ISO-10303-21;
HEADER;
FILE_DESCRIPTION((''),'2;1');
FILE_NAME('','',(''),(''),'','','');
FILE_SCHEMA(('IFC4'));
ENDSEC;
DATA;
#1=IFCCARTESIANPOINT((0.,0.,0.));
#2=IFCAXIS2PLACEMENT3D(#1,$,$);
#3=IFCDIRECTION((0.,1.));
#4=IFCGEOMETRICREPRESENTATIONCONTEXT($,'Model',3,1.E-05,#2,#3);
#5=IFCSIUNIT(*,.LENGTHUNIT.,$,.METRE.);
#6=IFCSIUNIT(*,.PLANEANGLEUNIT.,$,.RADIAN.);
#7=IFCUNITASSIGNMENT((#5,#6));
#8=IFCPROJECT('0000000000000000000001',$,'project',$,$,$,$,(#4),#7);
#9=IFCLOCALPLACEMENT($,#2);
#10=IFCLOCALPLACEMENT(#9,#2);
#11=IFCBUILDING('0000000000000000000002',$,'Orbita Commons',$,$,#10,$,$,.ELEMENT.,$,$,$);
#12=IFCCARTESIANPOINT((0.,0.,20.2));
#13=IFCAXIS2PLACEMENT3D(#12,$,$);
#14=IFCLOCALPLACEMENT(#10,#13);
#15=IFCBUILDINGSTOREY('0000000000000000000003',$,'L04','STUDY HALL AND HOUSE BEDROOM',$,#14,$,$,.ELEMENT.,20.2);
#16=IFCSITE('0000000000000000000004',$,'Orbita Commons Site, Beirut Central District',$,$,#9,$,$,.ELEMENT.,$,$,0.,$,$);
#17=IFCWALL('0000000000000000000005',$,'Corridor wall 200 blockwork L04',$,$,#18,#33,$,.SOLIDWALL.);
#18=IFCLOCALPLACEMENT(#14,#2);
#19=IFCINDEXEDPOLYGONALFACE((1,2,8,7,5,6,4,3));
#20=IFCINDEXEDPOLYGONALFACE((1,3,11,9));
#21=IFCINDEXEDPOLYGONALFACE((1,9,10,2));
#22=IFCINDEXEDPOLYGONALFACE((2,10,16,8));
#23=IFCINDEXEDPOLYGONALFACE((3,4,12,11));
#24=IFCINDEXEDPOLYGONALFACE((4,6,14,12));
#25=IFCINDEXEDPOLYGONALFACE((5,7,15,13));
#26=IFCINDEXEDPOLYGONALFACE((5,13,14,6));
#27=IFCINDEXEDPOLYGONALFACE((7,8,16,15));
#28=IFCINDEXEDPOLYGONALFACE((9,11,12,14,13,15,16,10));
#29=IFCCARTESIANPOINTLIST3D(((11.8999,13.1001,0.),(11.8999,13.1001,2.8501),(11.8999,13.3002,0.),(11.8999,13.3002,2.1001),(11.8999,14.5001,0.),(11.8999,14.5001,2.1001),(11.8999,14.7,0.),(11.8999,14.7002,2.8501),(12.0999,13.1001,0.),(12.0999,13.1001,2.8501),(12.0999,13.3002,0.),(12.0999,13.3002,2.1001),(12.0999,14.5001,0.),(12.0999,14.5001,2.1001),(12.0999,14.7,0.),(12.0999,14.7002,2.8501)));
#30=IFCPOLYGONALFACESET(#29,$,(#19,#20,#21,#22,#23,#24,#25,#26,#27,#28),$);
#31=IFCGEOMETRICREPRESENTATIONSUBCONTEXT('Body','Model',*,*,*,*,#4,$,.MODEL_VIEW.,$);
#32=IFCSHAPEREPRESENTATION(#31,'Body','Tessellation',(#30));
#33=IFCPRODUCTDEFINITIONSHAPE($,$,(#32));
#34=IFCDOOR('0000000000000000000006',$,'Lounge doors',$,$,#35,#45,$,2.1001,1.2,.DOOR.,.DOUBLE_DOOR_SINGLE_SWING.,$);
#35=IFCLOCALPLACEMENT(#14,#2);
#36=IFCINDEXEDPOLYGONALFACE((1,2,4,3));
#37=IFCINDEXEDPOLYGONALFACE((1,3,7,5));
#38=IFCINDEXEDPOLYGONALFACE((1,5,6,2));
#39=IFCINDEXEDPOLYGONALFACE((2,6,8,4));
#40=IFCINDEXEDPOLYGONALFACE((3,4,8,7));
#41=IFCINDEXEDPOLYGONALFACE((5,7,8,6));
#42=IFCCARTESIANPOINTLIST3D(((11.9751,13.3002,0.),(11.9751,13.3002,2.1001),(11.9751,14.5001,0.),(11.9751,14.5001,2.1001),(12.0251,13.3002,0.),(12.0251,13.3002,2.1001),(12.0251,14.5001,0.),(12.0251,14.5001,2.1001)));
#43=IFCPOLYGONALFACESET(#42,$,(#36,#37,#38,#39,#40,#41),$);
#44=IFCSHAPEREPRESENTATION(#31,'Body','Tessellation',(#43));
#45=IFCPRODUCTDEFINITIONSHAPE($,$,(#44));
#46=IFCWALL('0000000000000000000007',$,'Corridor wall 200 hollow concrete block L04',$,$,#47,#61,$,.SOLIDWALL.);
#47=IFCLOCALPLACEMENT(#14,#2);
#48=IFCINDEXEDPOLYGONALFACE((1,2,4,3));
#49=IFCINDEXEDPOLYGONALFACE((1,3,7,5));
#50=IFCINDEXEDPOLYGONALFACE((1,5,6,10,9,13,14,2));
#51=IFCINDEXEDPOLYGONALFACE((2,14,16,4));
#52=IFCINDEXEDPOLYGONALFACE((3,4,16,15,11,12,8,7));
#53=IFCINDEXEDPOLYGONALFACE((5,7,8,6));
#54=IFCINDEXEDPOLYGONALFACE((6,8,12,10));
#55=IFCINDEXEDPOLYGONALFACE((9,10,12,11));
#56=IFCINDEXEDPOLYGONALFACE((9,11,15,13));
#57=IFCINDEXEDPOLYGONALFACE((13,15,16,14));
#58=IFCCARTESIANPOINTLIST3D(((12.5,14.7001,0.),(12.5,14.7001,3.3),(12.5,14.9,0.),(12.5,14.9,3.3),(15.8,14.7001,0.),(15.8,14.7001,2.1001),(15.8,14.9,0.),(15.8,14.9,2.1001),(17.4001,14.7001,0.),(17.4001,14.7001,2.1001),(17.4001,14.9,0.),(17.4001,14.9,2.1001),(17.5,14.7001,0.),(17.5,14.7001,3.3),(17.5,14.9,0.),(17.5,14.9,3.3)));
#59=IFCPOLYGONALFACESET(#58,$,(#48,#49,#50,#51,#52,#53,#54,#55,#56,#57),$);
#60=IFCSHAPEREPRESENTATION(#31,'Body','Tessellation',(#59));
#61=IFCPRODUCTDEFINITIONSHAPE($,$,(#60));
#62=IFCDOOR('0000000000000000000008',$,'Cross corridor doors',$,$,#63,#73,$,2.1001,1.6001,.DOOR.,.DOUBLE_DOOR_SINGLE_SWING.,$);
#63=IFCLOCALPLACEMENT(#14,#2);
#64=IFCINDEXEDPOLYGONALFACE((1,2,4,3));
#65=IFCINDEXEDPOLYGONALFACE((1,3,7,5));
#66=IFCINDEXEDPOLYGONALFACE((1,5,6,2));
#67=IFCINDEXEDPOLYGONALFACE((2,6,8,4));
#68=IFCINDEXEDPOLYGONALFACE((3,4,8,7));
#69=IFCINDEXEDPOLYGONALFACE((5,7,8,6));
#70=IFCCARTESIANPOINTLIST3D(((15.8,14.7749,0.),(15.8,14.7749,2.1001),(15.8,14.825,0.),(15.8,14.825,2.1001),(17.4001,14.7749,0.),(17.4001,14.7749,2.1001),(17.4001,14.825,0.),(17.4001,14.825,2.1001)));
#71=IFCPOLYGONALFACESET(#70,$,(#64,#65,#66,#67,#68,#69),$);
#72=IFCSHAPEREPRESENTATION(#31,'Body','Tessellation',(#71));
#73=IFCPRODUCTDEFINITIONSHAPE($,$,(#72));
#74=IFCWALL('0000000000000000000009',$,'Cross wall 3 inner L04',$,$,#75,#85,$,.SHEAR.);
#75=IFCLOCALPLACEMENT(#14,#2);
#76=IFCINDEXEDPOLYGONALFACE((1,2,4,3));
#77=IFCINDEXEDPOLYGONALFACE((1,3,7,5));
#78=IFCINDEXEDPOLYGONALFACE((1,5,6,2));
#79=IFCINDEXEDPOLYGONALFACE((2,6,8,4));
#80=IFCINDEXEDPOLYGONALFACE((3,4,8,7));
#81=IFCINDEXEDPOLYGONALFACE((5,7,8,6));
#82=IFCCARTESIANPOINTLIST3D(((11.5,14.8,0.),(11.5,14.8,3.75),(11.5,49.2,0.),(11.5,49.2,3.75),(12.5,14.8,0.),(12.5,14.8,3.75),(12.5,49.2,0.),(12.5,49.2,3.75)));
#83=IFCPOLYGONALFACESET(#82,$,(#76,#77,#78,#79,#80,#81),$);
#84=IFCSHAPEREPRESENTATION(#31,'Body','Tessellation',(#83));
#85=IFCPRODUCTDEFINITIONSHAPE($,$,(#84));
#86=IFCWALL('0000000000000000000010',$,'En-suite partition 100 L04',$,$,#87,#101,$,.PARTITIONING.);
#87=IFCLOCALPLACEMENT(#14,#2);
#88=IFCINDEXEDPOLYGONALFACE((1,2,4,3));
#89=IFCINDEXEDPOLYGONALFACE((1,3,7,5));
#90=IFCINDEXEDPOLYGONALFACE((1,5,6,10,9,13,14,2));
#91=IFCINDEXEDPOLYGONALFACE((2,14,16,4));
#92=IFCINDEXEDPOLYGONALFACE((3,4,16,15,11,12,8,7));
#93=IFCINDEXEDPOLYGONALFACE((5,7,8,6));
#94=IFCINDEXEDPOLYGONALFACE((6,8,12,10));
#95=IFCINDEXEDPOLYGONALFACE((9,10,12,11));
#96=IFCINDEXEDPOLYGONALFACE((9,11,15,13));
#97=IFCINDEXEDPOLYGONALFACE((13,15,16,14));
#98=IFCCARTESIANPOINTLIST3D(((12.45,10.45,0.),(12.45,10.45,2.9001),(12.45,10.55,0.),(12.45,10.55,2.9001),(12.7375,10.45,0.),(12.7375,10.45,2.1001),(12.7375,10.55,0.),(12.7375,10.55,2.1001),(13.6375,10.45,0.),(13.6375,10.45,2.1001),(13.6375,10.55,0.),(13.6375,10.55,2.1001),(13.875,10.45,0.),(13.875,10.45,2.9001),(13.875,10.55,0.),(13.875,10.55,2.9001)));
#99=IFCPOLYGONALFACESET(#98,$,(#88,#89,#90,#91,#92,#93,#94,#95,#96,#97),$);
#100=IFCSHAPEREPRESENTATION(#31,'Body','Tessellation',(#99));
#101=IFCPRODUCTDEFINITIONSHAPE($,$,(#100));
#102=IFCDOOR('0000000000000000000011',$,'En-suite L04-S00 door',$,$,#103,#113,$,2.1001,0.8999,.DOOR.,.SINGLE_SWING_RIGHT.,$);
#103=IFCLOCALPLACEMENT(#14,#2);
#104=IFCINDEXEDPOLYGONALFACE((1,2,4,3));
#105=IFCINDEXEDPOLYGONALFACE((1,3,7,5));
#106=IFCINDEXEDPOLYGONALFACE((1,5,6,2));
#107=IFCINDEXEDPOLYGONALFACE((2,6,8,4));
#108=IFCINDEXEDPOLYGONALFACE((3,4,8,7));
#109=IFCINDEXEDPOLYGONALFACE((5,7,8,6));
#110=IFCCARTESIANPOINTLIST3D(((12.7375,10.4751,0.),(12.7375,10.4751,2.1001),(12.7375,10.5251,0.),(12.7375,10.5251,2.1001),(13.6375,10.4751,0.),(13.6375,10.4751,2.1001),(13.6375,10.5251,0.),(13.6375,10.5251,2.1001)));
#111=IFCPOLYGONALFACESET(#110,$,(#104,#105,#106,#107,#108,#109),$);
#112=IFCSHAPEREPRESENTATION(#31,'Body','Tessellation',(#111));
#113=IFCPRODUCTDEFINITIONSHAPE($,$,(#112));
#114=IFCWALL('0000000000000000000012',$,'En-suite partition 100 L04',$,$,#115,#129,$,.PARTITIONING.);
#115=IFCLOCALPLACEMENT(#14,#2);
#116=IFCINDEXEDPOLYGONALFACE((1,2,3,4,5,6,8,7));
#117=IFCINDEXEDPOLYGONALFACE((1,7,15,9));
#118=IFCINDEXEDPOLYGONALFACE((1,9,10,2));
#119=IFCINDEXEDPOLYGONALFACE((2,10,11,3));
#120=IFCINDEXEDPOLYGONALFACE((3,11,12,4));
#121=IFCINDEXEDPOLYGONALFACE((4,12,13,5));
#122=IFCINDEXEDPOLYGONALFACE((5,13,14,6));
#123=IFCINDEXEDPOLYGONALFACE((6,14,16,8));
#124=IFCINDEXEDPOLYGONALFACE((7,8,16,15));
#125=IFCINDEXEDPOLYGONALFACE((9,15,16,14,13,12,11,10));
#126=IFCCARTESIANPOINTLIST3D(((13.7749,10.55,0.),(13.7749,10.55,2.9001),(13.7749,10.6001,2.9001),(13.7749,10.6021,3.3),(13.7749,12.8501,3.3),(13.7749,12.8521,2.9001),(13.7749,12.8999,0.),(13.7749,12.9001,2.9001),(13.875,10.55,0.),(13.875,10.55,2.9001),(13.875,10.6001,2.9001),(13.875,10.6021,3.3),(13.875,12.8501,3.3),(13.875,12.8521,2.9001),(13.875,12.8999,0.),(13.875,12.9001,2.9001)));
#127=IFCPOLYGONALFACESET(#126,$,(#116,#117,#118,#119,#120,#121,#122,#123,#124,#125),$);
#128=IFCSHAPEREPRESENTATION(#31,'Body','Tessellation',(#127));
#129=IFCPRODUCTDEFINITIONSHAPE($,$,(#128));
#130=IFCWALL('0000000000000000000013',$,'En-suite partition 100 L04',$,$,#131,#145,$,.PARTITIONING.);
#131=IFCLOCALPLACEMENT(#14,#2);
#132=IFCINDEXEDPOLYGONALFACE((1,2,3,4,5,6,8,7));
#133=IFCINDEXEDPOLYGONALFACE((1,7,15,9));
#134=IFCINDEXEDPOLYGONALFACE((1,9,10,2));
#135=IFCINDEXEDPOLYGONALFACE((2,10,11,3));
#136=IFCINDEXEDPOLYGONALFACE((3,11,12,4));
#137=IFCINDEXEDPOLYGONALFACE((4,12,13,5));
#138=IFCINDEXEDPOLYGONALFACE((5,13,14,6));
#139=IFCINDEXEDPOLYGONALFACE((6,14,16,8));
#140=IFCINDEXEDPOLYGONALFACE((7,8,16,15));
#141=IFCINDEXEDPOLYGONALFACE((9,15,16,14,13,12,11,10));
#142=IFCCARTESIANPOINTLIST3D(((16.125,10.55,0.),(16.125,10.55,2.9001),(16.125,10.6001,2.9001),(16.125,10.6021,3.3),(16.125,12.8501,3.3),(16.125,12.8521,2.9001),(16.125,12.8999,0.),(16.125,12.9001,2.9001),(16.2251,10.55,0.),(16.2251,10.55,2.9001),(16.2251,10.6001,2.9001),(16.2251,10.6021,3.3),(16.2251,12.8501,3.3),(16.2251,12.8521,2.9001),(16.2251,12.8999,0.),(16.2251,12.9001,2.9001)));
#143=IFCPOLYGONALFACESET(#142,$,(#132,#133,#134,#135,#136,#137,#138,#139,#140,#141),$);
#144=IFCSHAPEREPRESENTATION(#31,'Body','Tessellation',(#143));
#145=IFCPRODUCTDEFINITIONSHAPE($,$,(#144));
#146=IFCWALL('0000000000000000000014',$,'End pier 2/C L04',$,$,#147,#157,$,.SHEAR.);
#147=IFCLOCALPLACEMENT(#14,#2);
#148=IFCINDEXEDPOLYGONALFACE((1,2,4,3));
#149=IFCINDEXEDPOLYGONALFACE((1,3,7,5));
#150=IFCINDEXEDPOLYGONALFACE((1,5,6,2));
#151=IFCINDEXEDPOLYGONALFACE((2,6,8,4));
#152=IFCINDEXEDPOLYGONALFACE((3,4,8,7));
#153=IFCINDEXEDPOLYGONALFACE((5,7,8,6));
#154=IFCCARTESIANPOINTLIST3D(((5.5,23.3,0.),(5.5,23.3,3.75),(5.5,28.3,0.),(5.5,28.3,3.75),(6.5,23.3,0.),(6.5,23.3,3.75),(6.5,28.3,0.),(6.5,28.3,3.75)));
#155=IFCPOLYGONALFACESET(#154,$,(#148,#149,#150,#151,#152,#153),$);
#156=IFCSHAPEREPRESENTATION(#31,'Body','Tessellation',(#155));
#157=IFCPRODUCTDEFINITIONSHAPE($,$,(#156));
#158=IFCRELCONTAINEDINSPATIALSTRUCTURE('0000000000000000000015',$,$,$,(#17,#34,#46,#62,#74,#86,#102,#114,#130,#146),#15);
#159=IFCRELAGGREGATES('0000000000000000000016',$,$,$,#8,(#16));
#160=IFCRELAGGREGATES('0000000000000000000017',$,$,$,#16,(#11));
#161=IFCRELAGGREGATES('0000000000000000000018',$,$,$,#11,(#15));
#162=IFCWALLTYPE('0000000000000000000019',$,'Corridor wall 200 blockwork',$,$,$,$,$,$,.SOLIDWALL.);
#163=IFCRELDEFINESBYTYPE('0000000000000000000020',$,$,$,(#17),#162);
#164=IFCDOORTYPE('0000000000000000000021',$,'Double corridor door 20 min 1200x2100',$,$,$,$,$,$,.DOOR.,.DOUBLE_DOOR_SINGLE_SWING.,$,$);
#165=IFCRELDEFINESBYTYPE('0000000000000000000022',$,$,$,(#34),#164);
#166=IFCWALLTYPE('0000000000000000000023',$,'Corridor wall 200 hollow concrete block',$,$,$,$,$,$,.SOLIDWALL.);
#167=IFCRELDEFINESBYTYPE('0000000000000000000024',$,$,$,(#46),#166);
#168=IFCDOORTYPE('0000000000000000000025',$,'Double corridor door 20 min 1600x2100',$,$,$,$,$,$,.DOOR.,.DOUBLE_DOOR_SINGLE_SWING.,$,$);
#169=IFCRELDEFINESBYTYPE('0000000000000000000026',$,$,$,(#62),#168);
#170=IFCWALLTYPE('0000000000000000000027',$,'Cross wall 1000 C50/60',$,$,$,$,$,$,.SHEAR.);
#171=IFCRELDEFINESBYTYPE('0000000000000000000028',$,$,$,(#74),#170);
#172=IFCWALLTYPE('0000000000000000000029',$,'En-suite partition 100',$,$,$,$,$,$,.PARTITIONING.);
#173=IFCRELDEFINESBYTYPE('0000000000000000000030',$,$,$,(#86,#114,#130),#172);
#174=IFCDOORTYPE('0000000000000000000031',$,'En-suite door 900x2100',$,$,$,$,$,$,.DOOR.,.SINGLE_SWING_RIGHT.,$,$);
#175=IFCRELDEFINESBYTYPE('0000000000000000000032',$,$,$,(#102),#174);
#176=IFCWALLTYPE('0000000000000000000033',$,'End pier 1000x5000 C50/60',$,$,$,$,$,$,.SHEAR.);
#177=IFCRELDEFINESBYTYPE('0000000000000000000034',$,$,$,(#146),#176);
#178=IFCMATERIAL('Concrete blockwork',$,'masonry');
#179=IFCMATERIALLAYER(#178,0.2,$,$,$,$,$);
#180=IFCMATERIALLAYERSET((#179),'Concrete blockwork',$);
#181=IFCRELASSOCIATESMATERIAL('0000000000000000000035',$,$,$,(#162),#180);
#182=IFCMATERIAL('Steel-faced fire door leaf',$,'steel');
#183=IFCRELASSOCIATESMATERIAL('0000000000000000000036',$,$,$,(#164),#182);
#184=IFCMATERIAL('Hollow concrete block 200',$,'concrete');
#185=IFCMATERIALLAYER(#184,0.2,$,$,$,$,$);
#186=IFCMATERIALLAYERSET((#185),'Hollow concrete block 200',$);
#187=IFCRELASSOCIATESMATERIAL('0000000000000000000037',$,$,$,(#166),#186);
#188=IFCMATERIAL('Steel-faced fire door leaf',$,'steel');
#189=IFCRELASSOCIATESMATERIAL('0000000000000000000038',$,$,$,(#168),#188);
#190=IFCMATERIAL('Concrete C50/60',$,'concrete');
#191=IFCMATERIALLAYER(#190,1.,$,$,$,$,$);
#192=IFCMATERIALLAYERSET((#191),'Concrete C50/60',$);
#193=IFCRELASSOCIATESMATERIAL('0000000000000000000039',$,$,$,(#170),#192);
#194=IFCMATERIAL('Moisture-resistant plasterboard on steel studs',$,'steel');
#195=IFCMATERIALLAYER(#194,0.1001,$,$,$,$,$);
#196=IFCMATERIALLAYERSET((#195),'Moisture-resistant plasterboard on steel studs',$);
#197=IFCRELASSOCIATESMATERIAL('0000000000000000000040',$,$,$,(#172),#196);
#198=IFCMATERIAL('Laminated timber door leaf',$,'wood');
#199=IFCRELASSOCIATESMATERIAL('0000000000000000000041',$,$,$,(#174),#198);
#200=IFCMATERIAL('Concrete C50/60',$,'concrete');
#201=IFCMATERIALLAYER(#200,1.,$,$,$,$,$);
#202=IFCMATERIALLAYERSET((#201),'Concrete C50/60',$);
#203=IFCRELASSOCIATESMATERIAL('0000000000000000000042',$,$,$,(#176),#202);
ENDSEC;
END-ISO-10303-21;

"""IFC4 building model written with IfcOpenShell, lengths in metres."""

from ifc_helpers import new_model, si_unit, direction, frame, frame_2d, origin, place, context, subcontext, project, spatial, polyline, rectangle, outline, extrude, material, layer, layer_set, type_object, element, fill, save


model = new_model("IFC4")

# Units and contexts
model_context = context("Model", 3, precision=1e-05, world=origin(), true_north=direction((0.0, 1.0)))
body_context = subcontext(model_context, "Body", "Model", "MODEL_VIEW")
ifc_project = project(units=[si_unit("LENGTHUNIT", "METRE"), si_unit("PLANEANGLEUNIT", "RADIAN")], contexts=[model_context])

# Site, building, storey
site_placement = place(None, origin())
site = spatial("IfcSite", under=ifc_project, at=site_placement, Name="Orbita Commons Site, Beirut Central District", CompositionType="ELEMENT", RefElevation=0.0)
building_placement = place(site_placement, origin())
building = spatial("IfcBuilding", under=site, at=building_placement, Name="Orbita Commons", CompositionType="ELEMENT")
storey_placement = place(building_placement, frame((0.0, 0.0, 20.2)))
storey = spatial("IfcBuildingStorey", under=building, at=storey_placement, Name="L04", Description="STUDY HALL AND HOUSE BEDROOM", CompositionType="ELEMENT", Elevation=20.2)

# Shared definitions
ifc_material_1 = material(Name="Concrete blockwork", Category="masonry")
ifc_layer_1 = layer(ifc_material_1, 0.2)
ifc_layer_set_1 = layer_set([ifc_layer_1], Name="Concrete blockwork")
wall_type_1 = type_object("IfcWallType", Name="Corridor wall 200 blockwork", PredefinedType="SOLIDWALL", material=ifc_layer_set_1)

# Walls, openings, doors
wall_1_placement = place(storey_placement, frame((12.0, 13.1001, 0.0), z_axis=(0.0, 0.0, 1.0), x_axis=(0.0, 1.0, 0.0)))
wall_1 = element("IfcWall", 1, at=wall_1_placement, inside=storey, type_object=wall_type_1, Name="Corridor wall 200 blockwork L04", PredefinedType="SOLIDWALL", context=body_context, shape_type="SweptSolid", body=[
    extrude(outline(polyline([(0.0, 0.0), (1.5999, 0.0), (1.6001, 2.8501), (0.0, 2.8501), (0.0, 0.0)])), frame((0.0, 0.1001, 0.0), z_axis=(0.0, -1.0, 0.0), x_axis=(1.0, 0.0, 0.0)), (0.0, 0.0, 1.0), 0.2),
])
opening_1_placement = place(wall_1_placement, frame((0.2, 0.0, 0.0)))
opening_1 = element("IfcOpeningElement", 2, at=opening_1_placement, cuts=wall_1, PredefinedType="OPENING", context=body_context, shape_type="SweptSolid", body=[
    extrude(rectangle(XDim=1.2, YDim=2.1001, at=frame_2d((0.6001, 1.05))), frame((0.0, 0.1099, 0.0), z_axis=(0.0, -1.0, 0.0), x_axis=(1.0, 0.0, 0.0)), (0.0, 0.0, 1.0), 0.22),
])
ifc_material_2 = material(Name="Steel-faced fire door leaf", Category="steel")
door_type_1 = type_object("IfcDoorType", Name="Double corridor door 20 min 1200x2100", OperationType="DOUBLE_DOOR_SINGLE_SWING", PredefinedType="DOOR", material=ifc_material_2)
door_1_placement = place(opening_1_placement, origin())
door_1 = element("IfcDoor", 3, at=door_1_placement, inside=storey, type_object=door_type_1, Name="Lounge doors", OperationType="DOUBLE_DOOR_SINGLE_SWING", OverallHeight=2.1001, OverallWidth=1.2, PredefinedType="DOOR", context=body_context, shape_type="SweptSolid", body=[
    extrude(rectangle(XDim=1.2, YDim=2.1001, at=frame_2d((0.6001, 1.05))), frame((0.0, 0.0249, 0.0), z_axis=(0.0, -1.0, 0.0), x_axis=(1.0, 0.0, 0.0)), (0.0, 0.0, 1.0), 0.05),
])
fill(opening_1, door_1)
ifc_material_3 = material(Name="Hollow concrete block 200", Category="concrete")
ifc_layer_2 = layer(ifc_material_3, 0.2)
ifc_layer_set_2 = layer_set([ifc_layer_2], Name="Hollow concrete block 200")
wall_type_2 = type_object("IfcWallType", Name="Corridor wall 200 hollow concrete block", PredefinedType="SOLIDWALL", material=ifc_layer_set_2)
wall_2_placement = place(storey_placement, frame((12.5, 14.8, 0.0), z_axis=(0.0, 0.0, 1.0), x_axis=(1.0, 0.0, 0.0)))
wall_2 = element("IfcWall", 4, at=wall_2_placement, inside=storey, type_object=wall_type_2, Name="Corridor wall 200 hollow concrete block L04", PredefinedType="SOLIDWALL", context=body_context, shape_type="SweptSolid", body=[
    extrude(rectangle(XDim=5.0, YDim=0.2, at=frame_2d((2.5, 0.0))), origin(), (0.0, 0.0, 1.0), 3.3),
])
opening_2_placement = place(wall_2_placement, frame((3.3, 0.0, 0.0)))
opening_2 = element("IfcOpeningElement", 5, at=opening_2_placement, cuts=wall_2, PredefinedType="OPENING", context=body_context, shape_type="SweptSolid", body=[
    extrude(rectangle(XDim=1.6001, YDim=2.1001, at=frame_2d((0.8, 1.05))), frame((0.0, 0.1099, 0.0), z_axis=(0.0, -1.0, 0.0), x_axis=(1.0, 0.0, 0.0)), (0.0, 0.0, 1.0), 0.22),
])
ifc_material_4 = material(Name="Steel-faced fire door leaf", Category="steel")
door_type_2 = type_object("IfcDoorType", Name="Double corridor door 20 min 1600x2100", OperationType="DOUBLE_DOOR_SINGLE_SWING", PredefinedType="DOOR", material=ifc_material_4)
door_2_placement = place(opening_2_placement, origin())
door_2 = element("IfcDoor", 6, at=door_2_placement, inside=storey, type_object=door_type_2, Name="Cross corridor doors", OperationType="DOUBLE_DOOR_SINGLE_SWING", OverallHeight=2.1001, OverallWidth=1.6001, PredefinedType="DOOR", context=body_context, shape_type="SweptSolid", body=[
    extrude(rectangle(XDim=1.6001, YDim=2.1001, at=frame_2d((0.8, 1.05))), frame((0.0, 0.0249, 0.0), z_axis=(0.0, -1.0, 0.0), x_axis=(1.0, 0.0, 0.0)), (0.0, 0.0, 1.0), 0.05),
])
fill(opening_2, door_2)

# Wall
ifc_material_5 = material(Name="Concrete C50/60", Category="concrete")
ifc_layer_3 = layer(ifc_material_5, 1.0)
ifc_layer_set_3 = layer_set([ifc_layer_3], Name="Concrete C50/60")
wall_type_3 = type_object("IfcWallType", Name="Cross wall 1000 C50/60", PredefinedType="SHEAR", material=ifc_layer_set_3)
wall_3_placement = place(storey_placement, frame((12.0, 14.8, 0.0), z_axis=(0.0, 0.0, 1.0), x_axis=(0.0, 1.0, 0.0)))
element("IfcWall", 7, at=wall_3_placement, inside=storey, type_object=wall_type_3, Name="Cross wall 3 inner L04", PredefinedType="SHEAR", context=body_context, shape_type="SweptSolid", body=[
    extrude(rectangle(XDim=34.3999, YDim=1.0, at=frame_2d((17.2, 0.0))), origin(), (0.0, 0.0, 1.0), 3.75),
])

# Wall, opening, door
ifc_material_6 = material(Name="Moisture-resistant plasterboard on steel studs", Category="steel")
ifc_layer_4 = layer(ifc_material_6, 0.1001)
ifc_layer_set_4 = layer_set([ifc_layer_4], Name="Moisture-resistant plasterboard on steel studs")
wall_type_4 = type_object("IfcWallType", Name="En-suite partition 100", PredefinedType="PARTITIONING", material=ifc_layer_set_4)
wall_4_placement = place(storey_placement, frame((13.875, 10.5, 0.0), z_axis=(0.0, 0.0, 1.0), x_axis=(-1.0, 0.0, 0.0)))
wall_4 = element("IfcWall", 8, at=wall_4_placement, inside=storey, type_object=wall_type_4, Name="En-suite partition 100 L04", PredefinedType="PARTITIONING", context=body_context, shape_type="SweptSolid", body=[
    extrude(outline(polyline([(0.0, 0.0), (1.425, 0.0), (1.425, 2.9001), (0.0, 2.9001), (0.0, 0.0)])), frame((0.0, 0.05, 0.0), z_axis=(0.0, -1.0, 0.0), x_axis=(1.0, 0.0, 0.0)), (0.0, 0.0, 1.0), 0.1001),
])
opening_3_placement = place(wall_4_placement, frame((0.2375, 0.0, 0.0)))
opening_3 = element("IfcOpeningElement", 9, at=opening_3_placement, cuts=wall_4, PredefinedType="OPENING", context=body_context, shape_type="SweptSolid", body=[
    extrude(rectangle(XDim=0.8999, YDim=2.1001, at=frame_2d((0.45, 1.05))), frame((0.0, 0.0601, 0.0), z_axis=(0.0, -1.0, 0.0), x_axis=(1.0, 0.0, 0.0)), (0.0, 0.0, 1.0), 0.1201),
])
ifc_material_7 = material(Name="Laminated timber door leaf", Category="wood")
door_type_3 = type_object("IfcDoorType", Name="En-suite door 900x2100", OperationType="SINGLE_SWING_RIGHT", PredefinedType="DOOR", material=ifc_material_7)
door_3_placement = place(opening_3_placement, origin())
door_3 = element("IfcDoor", 10, at=door_3_placement, inside=storey, type_object=door_type_3, Name="En-suite L04-S00 door", OperationType="SINGLE_SWING_RIGHT", OverallHeight=2.1001, OverallWidth=0.8999, PredefinedType="DOOR", context=body_context, shape_type="SweptSolid", body=[
    extrude(rectangle(XDim=0.8999, YDim=2.1001, at=frame_2d((0.45, 1.05))), frame((0.0, 0.0249, 0.0), z_axis=(0.0, -1.0, 0.0), x_axis=(1.0, 0.0, 0.0)), (0.0, 0.0, 1.0), 0.05),
])
fill(opening_3, door_3)

# Walls
for number, where, z_axis, x_axis, name in (
    (11, (13.825, 10.55, 0.0), (0.0, 0.0, 1.0), (0.0, 1.0, 0.0), "En-suite partition 100 L04"),
    (12, (16.175, 10.55, 0.0), (0.0, 0.0, 1.0), (0.0, 1.0, 0.0), "En-suite partition 100 L04"),
):
    element("IfcWall", number, at=place(storey_placement, frame(where, z_axis=z_axis, x_axis=x_axis)), inside=storey, type_object=wall_type_4, Name=name, PredefinedType="PARTITIONING", context=body_context, shape_type="SweptSolid", body=[
        extrude(outline(polyline([(0.0, 0.0), (2.3499, 0.0), (2.3501, 2.9001), (2.302, 2.9001), (2.3, 3.3), (0.052, 3.3), (0.05, 2.9001), (0.0, 2.9001), (0.0, 0.0)])), frame((0.0, 0.05, 0.0), z_axis=(0.0, -1.0, 0.0), x_axis=(1.0, 0.0, 0.0)), (0.0, 0.0, 1.0), 0.1001),
    ])
ifc_material_8 = material(Name="Concrete C50/60", Category="concrete")
ifc_layer_5 = layer(ifc_material_8, 1.0)
ifc_layer_set_5 = layer_set([ifc_layer_5], Name="Concrete C50/60")
wall_type_5 = type_object("IfcWallType", Name="End pier 1000x5000 C50/60", PredefinedType="SHEAR", material=ifc_layer_set_5)
wall_5_placement = place(storey_placement, frame((6.0, 23.3, 0.0), z_axis=(0.0, 0.0, 1.0), x_axis=(0.0, 1.0, 0.0)))
element("IfcWall", 13, at=wall_5_placement, inside=storey, type_object=wall_type_5, Name="End pier 2/C L04", PredefinedType="SHEAR", context=body_context, shape_type="SweptSolid", body=[
    extrude(rectangle(XDim=5.0, YDim=1.0, at=frame_2d((2.5, 0.0))), origin(), (0.0, 0.0, 1.0), 3.75),
])

save(model, "model.ifc")
